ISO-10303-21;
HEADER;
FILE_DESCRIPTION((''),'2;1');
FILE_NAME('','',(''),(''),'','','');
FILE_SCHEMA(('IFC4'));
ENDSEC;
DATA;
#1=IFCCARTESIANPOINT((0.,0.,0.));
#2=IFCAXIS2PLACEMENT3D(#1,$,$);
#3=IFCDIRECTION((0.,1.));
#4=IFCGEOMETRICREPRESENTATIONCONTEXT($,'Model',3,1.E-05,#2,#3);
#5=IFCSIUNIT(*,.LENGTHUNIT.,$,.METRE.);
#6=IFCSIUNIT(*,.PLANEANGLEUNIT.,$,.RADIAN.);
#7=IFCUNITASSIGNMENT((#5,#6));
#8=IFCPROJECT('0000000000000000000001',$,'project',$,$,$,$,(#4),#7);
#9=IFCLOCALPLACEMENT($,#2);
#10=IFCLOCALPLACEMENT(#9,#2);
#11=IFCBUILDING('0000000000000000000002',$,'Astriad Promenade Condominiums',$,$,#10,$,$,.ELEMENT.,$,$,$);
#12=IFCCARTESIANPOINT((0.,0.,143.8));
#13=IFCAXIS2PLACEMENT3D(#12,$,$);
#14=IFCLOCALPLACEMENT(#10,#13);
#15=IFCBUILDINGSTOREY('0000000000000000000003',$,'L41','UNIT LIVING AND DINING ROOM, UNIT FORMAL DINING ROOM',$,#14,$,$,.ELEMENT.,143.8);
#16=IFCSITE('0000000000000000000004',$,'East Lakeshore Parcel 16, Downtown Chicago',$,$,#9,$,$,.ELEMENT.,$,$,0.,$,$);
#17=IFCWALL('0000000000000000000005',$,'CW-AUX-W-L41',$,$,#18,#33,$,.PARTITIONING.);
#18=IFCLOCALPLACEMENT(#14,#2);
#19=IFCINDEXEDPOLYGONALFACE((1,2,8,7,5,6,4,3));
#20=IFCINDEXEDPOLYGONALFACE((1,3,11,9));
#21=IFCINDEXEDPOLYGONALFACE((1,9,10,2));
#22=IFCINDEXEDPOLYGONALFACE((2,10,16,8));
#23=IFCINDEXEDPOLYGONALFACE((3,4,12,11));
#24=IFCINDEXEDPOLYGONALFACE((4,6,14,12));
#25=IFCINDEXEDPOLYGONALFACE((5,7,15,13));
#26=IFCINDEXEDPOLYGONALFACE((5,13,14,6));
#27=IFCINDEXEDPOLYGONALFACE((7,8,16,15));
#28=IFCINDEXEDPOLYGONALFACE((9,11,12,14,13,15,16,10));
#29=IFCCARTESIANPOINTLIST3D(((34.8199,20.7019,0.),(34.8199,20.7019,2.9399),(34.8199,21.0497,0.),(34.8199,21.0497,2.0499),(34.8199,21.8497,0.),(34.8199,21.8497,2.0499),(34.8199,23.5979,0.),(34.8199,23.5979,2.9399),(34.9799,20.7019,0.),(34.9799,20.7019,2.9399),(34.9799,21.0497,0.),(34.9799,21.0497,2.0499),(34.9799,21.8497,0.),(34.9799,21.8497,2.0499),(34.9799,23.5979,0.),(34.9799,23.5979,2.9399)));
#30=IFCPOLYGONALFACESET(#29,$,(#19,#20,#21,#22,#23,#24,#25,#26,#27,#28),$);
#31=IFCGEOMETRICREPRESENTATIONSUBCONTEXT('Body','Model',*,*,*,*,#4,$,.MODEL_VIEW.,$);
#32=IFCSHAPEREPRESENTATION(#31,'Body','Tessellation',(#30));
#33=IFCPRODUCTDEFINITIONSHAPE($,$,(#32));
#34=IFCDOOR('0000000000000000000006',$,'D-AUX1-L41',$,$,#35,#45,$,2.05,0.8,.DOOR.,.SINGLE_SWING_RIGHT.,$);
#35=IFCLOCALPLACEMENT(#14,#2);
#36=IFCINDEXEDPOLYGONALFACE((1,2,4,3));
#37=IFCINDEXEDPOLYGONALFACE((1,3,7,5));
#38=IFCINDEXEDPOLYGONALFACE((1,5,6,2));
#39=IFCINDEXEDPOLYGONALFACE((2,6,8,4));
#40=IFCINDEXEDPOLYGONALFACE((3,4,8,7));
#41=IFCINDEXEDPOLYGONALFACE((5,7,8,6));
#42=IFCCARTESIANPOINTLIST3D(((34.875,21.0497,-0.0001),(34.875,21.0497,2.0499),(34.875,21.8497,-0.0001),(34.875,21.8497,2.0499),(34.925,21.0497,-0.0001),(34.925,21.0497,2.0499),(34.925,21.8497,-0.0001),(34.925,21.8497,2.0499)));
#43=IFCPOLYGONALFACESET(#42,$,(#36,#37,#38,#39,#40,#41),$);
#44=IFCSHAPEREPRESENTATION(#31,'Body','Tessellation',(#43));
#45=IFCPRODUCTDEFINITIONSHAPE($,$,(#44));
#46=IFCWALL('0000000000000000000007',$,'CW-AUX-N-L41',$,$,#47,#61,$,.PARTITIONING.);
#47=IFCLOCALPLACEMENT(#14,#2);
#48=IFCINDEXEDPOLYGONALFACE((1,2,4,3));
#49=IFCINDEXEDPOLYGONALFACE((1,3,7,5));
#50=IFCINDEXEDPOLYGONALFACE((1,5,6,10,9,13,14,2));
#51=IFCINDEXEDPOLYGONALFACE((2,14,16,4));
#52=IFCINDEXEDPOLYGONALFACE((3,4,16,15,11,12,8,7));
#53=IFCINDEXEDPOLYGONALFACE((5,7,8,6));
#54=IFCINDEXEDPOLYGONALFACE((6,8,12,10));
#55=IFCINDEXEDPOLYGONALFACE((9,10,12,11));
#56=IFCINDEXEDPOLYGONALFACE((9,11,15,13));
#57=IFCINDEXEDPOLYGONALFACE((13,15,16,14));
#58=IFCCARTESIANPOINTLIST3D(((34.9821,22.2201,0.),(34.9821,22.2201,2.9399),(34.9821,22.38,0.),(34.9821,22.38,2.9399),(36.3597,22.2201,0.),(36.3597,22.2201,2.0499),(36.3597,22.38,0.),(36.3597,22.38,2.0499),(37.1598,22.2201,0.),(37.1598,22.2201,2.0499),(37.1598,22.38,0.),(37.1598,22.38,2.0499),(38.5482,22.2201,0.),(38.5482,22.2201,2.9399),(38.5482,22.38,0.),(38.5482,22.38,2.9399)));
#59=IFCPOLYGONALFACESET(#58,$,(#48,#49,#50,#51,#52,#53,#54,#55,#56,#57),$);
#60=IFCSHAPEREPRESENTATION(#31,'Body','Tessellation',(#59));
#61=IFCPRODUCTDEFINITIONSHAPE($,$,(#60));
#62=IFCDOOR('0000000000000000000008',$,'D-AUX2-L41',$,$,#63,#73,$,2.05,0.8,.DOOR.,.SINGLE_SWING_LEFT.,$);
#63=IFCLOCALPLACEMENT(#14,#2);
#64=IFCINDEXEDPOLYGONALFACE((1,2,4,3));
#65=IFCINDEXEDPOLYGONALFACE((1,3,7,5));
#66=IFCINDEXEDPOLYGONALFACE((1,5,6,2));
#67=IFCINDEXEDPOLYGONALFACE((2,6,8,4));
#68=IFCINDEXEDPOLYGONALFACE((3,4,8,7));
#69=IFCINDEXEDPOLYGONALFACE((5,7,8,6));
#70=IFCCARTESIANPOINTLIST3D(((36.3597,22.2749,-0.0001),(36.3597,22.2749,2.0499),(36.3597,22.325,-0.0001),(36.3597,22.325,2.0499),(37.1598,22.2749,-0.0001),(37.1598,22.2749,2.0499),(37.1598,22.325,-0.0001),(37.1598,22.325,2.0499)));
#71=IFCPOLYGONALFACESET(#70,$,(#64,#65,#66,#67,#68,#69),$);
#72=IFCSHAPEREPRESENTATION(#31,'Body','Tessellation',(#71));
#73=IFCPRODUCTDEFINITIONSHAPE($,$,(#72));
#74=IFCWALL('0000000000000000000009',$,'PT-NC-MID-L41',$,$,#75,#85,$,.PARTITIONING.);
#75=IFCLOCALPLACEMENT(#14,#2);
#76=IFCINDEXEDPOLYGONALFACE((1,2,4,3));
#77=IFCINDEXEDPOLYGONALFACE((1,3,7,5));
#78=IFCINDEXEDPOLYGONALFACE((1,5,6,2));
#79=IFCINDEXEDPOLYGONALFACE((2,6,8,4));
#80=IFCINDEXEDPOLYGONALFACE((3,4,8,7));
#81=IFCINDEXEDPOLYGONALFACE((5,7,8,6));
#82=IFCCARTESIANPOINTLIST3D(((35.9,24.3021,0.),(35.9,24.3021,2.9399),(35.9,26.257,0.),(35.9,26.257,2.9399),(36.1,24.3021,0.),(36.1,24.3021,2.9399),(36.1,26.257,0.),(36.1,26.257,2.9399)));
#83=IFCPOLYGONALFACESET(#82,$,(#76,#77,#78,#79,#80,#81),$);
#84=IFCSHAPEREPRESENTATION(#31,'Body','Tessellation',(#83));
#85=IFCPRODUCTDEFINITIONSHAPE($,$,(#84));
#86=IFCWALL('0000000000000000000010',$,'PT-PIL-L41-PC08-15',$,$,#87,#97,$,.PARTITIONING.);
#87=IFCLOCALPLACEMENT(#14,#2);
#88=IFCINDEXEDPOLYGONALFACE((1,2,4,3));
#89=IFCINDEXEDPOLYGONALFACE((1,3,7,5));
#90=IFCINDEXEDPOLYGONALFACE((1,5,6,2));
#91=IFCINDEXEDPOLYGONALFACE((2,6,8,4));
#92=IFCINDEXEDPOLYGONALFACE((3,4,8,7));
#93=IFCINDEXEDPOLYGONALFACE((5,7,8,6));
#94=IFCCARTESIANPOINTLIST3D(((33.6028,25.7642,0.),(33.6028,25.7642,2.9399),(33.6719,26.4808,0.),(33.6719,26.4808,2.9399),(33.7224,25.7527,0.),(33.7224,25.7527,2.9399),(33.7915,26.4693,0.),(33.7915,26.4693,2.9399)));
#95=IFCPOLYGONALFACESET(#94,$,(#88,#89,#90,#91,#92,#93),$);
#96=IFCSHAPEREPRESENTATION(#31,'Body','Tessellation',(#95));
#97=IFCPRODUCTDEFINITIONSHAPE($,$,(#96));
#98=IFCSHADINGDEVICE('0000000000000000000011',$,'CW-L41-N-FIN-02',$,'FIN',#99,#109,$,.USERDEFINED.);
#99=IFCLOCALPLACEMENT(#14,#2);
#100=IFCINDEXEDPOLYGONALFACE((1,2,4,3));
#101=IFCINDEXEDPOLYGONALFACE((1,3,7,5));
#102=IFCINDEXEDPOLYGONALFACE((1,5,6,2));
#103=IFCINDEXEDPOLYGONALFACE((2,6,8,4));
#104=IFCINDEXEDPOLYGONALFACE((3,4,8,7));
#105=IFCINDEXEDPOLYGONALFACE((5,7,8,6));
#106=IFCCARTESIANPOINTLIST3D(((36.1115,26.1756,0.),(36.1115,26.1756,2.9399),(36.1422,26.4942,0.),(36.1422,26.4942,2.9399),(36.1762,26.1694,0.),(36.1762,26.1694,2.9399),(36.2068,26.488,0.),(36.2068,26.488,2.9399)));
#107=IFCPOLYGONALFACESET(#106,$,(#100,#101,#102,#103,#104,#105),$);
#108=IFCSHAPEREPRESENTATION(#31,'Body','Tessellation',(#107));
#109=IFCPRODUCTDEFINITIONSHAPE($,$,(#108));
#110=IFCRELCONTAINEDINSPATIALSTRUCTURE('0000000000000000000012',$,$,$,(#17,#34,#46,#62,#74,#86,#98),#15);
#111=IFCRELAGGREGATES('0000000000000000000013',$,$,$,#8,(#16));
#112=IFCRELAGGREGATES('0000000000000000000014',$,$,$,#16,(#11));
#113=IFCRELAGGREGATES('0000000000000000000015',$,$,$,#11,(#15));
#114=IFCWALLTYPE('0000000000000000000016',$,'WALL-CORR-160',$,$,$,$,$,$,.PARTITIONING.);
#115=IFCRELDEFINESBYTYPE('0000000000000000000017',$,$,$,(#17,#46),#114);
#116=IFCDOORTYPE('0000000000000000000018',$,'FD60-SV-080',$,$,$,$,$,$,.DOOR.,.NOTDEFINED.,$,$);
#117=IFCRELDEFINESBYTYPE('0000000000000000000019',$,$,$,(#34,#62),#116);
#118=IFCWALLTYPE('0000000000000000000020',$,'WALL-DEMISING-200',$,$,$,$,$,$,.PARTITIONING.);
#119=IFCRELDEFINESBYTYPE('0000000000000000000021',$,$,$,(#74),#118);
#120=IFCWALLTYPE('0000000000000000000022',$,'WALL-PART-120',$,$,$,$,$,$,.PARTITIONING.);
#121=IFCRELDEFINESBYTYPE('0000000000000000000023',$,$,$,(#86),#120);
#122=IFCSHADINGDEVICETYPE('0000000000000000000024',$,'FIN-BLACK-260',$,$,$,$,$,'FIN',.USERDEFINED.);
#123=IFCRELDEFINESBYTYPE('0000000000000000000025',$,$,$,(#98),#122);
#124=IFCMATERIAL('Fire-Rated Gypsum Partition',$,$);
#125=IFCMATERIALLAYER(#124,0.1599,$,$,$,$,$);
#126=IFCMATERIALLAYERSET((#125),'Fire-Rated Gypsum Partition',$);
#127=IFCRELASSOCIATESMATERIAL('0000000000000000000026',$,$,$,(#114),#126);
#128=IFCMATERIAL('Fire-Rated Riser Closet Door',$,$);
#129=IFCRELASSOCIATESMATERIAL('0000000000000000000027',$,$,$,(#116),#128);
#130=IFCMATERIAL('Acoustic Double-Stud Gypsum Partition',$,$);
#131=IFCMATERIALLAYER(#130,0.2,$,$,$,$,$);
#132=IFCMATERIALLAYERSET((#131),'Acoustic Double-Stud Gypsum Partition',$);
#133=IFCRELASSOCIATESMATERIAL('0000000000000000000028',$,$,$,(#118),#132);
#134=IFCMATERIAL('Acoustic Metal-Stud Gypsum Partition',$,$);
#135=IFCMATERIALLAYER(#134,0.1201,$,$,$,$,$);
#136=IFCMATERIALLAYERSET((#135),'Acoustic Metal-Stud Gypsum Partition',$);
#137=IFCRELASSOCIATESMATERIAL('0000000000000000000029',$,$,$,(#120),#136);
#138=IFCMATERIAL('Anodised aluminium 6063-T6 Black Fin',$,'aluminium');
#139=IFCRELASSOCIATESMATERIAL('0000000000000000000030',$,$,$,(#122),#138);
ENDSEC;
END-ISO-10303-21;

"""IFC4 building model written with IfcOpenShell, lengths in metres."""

from ifc_helpers import new_model, si_unit, direction, frame, frame_2d, origin, origin_2d, place, context, subcontext, project, spatial, rectangle, extrude, source, transform, mapped, material, layer, layer_set, type_object, type_shapes, element, fill, save


model = new_model("IFC4")

# Units and contexts
model_context = context("Model", 3, precision=1e-05, world=origin(), true_north=direction((0.0, 1.0)))
body_context = subcontext(model_context, "Body", "Model", "MODEL_VIEW")
ifc_project = project(units=[si_unit("LENGTHUNIT", "METRE"), si_unit("PLANEANGLEUNIT", "RADIAN")], contexts=[model_context])

# Site, building, storey
site_placement = place(None, origin())
site = spatial("IfcSite", under=ifc_project, at=site_placement, Name="East Lakeshore Parcel 16, Downtown Chicago", CompositionType="ELEMENT", RefElevation=0.0)
building_placement = place(site_placement, origin())
building = spatial("IfcBuilding", under=site, at=building_placement, Name="Astriad Promenade Condominiums", CompositionType="ELEMENT")
storey_placement = place(building_placement, frame((0.0, 0.0, 143.8)))
storey = spatial("IfcBuildingStorey", under=building, at=storey_placement, Name="L41", Description="UNIT LIVING AND DINING ROOM, UNIT FORMAL DINING ROOM", CompositionType="ELEMENT", Elevation=143.8)

# Shared definitions
ifc_material_1 = material(Name="Fire-Rated Gypsum Partition")
ifc_layer_1 = layer(ifc_material_1, 0.1599)
ifc_layer_set_1 = layer_set([ifc_layer_1], Name="Fire-Rated Gypsum Partition")
wall_type_1 = type_object("IfcWallType", Name="WALL-CORR-160", PredefinedType="PARTITIONING", material=ifc_layer_set_1)

# Walls, openings, doors
wall_1_placement = place(storey_placement, frame((34.8999, 20.7019, 0.0), z_axis=(0.0, 0.0, 1.0), x_axis=(0.0, 1.0, 0.0)))
wall_1 = element("IfcWall", 1, at=wall_1_placement, inside=storey, type_object=wall_type_1, Name="CW-AUX-W-L41", PredefinedType="PARTITIONING", context=body_context, shape_type="SweptSolid", body=[
    extrude(rectangle(XDim=2.896, YDim=0.1599, at=frame_2d((1.448, 0.0))), origin(), (0.0, 0.0, 1.0), 2.9399),
])
opening_1_placement = place(wall_1_placement, frame((0.3479, 0.0, 0.0)))
opening_1 = element("IfcOpeningElement", 2, at=opening_1_placement, cuts=wall_1, PredefinedType="OPENING", context=body_context, shape_type="SweptSolid", body=[
    extrude(rectangle(XDim=0.8, YDim=2.05, at=frame_2d((0.3999, 1.0249))), frame((0.0, 0.0898, 0.0), z_axis=(0.0, -1.0, 0.0), x_axis=(1.0, 0.0, 0.0)), (0.0, 0.0, 1.0), 0.1799),
])
ifc_material_2 = material(Name="Fire-Rated Riser Closet Door")
door_type_1 = type_object("IfcDoorType", Name="FD60-SV-080", OperationType="NOTDEFINED", PredefinedType="DOOR", material=ifc_material_2)
shared_shape_1 = source(origin(), body_context, "Body", "SweptSolid", [
    extrude(rectangle(XDim=0.8, YDim=2.05, at=frame_2d((0.3999, 1.0249))), frame((0.0, 0.0249, 0.0), z_axis=(0.0, -1.0, 0.0), x_axis=(1.0, 0.0, 0.0)), (0.0, 0.0, 1.0), 0.05),
])
type_shapes(door_type_1, [shared_shape_1])
door_1_placement = place(opening_1_placement, origin())
door_1 = element("IfcDoor", 3, at=door_1_placement, inside=storey, type_object=door_type_1, Name="D-AUX1-L41", OperationType="SINGLE_SWING_RIGHT", OverallHeight=2.05, OverallWidth=0.8, PredefinedType="DOOR", context=body_context, shape_type="MappedRepresentation", body=[
    mapped(shared_shape_1, transform((0.0, 0.0, 0.0), scale=1.0)),
])
fill(opening_1, door_1)
wall_2_placement = place(storey_placement, frame((34.9819, 22.3, 0.0), z_axis=(0.0, 0.0, 1.0), x_axis=(1.0, 0.0, 0.0)))
wall_2 = element("IfcWall", 4, at=wall_2_placement, inside=storey, type_object=wall_type_1, Name="CW-AUX-N-L41", PredefinedType="PARTITIONING", context=body_context, shape_type="SweptSolid", body=[
    extrude(rectangle(XDim=3.5662, YDim=0.1599, at=frame_2d((1.7832, 0.0))), origin(), (0.0, 0.0, 1.0), 2.9399),
])
opening_2_placement = place(wall_2_placement, frame((1.3779, 0.0, 0.0)))
opening_2 = element("IfcOpeningElement", 5, at=opening_2_placement, cuts=wall_2, PredefinedType="OPENING", context=body_context, shape_type="SweptSolid", body=[
    extrude(rectangle(XDim=0.8, YDim=2.05, at=frame_2d((0.3999, 1.0249))), frame((0.0, 0.0898, 0.0), z_axis=(0.0, -1.0, 0.0), x_axis=(1.0, 0.0, 0.0)), (0.0, 0.0, 1.0), 0.1799),
])
door_2_placement = place(opening_2_placement, origin())
door_2 = element("IfcDoor", 6, at=door_2_placement, inside=storey, type_object=door_type_1, Name="D-AUX2-L41", OperationType="SINGLE_SWING_LEFT", OverallHeight=2.05, OverallWidth=0.8, PredefinedType="DOOR", context=body_context, shape_type="MappedRepresentation", body=[
    mapped(shared_shape_1, transform((0.0, 0.0, 0.0), scale=1.0)),
])
fill(opening_2, door_2)

# Walls
ifc_material_3 = material(Name="Acoustic Double-Stud Gypsum Partition")
ifc_layer_2 = layer(ifc_material_3, 0.2)
ifc_layer_set_2 = layer_set([ifc_layer_2], Name="Acoustic Double-Stud Gypsum Partition")
wall_type_2 = type_object("IfcWallType", Name="WALL-DEMISING-200", PredefinedType="PARTITIONING", material=ifc_layer_set_2)
wall_3_placement = place(storey_placement, frame((36.0, 24.302, 0.0), z_axis=(0.0, 0.0, 1.0), x_axis=(0.0, 1.0, 0.0)))
element("IfcWall", 7, at=wall_3_placement, inside=storey, type_object=wall_type_2, Name="PT-NC-MID-L41", PredefinedType="PARTITIONING", context=body_context, shape_type="SweptSolid", body=[
    extrude(rectangle(XDim=1.9548, YDim=0.2, at=frame_2d((0.9775, 0.0))), origin(), (0.0, 0.0, 1.0), 2.9399),
])
ifc_material_4 = material(Name="Acoustic Metal-Stud Gypsum Partition")
ifc_layer_3 = layer(ifc_material_4, 0.1201)
ifc_layer_set_3 = layer_set([ifc_layer_3], Name="Acoustic Metal-Stud Gypsum Partition")
wall_type_3 = type_object("IfcWallType", Name="WALL-PART-120", PredefinedType="PARTITIONING", material=ifc_layer_set_3)
wall_4_placement = place(storey_placement, frame((33.6626, 25.7585, 0.0), z_axis=(0.0, 0.0, 1.0), x_axis=(0.095977, 0.995384, 0.0)))
element("IfcWall", 8, at=wall_4_placement, inside=storey, type_object=wall_type_3, Name="PT-PIL-L41-PC08-15", PredefinedType="PARTITIONING", context=body_context, shape_type="SweptSolid", body=[
    extrude(rectangle(XDim=0.72, YDim=0.1201, at=frame_2d((0.3599, 0.0))), origin(), (0.0, 0.0, 1.0), 2.9399),
])

# Shading device
ifc_material_5 = material(Name="Anodised aluminium 6063-T6 Black Fin", Category="aluminium")
shading_device_type = type_object("IfcShadingDeviceType", Name="FIN-BLACK-260", ElementType="FIN", PredefinedType="USERDEFINED", material=ifc_material_5)
shared_shape_2 = source(origin(), body_context, "Body", "SweptSolid", [
    extrude(rectangle(XDim=0.0649, YDim=0.3201, at=origin_2d()), origin(), (0.0, 0.0, 1.0), 2.9399),
])
type_shapes(shading_device_type, [shared_shape_2])
shading_device_placement = place(storey_placement, frame((36.1592, 26.3318, 0.0), z_axis=(0.0, 0.0, 1.0), x_axis=(0.995396, -0.095846, 0.0)))
element("IfcShadingDevice", 9, at=shading_device_placement, inside=storey, type_object=shading_device_type, Name="CW-L41-N-FIN-02", ObjectType="FIN", PredefinedType="USERDEFINED", context=body_context, shape_type="MappedRepresentation", body=[
    mapped(shared_shape_2, transform((0.0, 0.0, 0.0), scale=1.0)),
])

save(model, "model.ifc")
